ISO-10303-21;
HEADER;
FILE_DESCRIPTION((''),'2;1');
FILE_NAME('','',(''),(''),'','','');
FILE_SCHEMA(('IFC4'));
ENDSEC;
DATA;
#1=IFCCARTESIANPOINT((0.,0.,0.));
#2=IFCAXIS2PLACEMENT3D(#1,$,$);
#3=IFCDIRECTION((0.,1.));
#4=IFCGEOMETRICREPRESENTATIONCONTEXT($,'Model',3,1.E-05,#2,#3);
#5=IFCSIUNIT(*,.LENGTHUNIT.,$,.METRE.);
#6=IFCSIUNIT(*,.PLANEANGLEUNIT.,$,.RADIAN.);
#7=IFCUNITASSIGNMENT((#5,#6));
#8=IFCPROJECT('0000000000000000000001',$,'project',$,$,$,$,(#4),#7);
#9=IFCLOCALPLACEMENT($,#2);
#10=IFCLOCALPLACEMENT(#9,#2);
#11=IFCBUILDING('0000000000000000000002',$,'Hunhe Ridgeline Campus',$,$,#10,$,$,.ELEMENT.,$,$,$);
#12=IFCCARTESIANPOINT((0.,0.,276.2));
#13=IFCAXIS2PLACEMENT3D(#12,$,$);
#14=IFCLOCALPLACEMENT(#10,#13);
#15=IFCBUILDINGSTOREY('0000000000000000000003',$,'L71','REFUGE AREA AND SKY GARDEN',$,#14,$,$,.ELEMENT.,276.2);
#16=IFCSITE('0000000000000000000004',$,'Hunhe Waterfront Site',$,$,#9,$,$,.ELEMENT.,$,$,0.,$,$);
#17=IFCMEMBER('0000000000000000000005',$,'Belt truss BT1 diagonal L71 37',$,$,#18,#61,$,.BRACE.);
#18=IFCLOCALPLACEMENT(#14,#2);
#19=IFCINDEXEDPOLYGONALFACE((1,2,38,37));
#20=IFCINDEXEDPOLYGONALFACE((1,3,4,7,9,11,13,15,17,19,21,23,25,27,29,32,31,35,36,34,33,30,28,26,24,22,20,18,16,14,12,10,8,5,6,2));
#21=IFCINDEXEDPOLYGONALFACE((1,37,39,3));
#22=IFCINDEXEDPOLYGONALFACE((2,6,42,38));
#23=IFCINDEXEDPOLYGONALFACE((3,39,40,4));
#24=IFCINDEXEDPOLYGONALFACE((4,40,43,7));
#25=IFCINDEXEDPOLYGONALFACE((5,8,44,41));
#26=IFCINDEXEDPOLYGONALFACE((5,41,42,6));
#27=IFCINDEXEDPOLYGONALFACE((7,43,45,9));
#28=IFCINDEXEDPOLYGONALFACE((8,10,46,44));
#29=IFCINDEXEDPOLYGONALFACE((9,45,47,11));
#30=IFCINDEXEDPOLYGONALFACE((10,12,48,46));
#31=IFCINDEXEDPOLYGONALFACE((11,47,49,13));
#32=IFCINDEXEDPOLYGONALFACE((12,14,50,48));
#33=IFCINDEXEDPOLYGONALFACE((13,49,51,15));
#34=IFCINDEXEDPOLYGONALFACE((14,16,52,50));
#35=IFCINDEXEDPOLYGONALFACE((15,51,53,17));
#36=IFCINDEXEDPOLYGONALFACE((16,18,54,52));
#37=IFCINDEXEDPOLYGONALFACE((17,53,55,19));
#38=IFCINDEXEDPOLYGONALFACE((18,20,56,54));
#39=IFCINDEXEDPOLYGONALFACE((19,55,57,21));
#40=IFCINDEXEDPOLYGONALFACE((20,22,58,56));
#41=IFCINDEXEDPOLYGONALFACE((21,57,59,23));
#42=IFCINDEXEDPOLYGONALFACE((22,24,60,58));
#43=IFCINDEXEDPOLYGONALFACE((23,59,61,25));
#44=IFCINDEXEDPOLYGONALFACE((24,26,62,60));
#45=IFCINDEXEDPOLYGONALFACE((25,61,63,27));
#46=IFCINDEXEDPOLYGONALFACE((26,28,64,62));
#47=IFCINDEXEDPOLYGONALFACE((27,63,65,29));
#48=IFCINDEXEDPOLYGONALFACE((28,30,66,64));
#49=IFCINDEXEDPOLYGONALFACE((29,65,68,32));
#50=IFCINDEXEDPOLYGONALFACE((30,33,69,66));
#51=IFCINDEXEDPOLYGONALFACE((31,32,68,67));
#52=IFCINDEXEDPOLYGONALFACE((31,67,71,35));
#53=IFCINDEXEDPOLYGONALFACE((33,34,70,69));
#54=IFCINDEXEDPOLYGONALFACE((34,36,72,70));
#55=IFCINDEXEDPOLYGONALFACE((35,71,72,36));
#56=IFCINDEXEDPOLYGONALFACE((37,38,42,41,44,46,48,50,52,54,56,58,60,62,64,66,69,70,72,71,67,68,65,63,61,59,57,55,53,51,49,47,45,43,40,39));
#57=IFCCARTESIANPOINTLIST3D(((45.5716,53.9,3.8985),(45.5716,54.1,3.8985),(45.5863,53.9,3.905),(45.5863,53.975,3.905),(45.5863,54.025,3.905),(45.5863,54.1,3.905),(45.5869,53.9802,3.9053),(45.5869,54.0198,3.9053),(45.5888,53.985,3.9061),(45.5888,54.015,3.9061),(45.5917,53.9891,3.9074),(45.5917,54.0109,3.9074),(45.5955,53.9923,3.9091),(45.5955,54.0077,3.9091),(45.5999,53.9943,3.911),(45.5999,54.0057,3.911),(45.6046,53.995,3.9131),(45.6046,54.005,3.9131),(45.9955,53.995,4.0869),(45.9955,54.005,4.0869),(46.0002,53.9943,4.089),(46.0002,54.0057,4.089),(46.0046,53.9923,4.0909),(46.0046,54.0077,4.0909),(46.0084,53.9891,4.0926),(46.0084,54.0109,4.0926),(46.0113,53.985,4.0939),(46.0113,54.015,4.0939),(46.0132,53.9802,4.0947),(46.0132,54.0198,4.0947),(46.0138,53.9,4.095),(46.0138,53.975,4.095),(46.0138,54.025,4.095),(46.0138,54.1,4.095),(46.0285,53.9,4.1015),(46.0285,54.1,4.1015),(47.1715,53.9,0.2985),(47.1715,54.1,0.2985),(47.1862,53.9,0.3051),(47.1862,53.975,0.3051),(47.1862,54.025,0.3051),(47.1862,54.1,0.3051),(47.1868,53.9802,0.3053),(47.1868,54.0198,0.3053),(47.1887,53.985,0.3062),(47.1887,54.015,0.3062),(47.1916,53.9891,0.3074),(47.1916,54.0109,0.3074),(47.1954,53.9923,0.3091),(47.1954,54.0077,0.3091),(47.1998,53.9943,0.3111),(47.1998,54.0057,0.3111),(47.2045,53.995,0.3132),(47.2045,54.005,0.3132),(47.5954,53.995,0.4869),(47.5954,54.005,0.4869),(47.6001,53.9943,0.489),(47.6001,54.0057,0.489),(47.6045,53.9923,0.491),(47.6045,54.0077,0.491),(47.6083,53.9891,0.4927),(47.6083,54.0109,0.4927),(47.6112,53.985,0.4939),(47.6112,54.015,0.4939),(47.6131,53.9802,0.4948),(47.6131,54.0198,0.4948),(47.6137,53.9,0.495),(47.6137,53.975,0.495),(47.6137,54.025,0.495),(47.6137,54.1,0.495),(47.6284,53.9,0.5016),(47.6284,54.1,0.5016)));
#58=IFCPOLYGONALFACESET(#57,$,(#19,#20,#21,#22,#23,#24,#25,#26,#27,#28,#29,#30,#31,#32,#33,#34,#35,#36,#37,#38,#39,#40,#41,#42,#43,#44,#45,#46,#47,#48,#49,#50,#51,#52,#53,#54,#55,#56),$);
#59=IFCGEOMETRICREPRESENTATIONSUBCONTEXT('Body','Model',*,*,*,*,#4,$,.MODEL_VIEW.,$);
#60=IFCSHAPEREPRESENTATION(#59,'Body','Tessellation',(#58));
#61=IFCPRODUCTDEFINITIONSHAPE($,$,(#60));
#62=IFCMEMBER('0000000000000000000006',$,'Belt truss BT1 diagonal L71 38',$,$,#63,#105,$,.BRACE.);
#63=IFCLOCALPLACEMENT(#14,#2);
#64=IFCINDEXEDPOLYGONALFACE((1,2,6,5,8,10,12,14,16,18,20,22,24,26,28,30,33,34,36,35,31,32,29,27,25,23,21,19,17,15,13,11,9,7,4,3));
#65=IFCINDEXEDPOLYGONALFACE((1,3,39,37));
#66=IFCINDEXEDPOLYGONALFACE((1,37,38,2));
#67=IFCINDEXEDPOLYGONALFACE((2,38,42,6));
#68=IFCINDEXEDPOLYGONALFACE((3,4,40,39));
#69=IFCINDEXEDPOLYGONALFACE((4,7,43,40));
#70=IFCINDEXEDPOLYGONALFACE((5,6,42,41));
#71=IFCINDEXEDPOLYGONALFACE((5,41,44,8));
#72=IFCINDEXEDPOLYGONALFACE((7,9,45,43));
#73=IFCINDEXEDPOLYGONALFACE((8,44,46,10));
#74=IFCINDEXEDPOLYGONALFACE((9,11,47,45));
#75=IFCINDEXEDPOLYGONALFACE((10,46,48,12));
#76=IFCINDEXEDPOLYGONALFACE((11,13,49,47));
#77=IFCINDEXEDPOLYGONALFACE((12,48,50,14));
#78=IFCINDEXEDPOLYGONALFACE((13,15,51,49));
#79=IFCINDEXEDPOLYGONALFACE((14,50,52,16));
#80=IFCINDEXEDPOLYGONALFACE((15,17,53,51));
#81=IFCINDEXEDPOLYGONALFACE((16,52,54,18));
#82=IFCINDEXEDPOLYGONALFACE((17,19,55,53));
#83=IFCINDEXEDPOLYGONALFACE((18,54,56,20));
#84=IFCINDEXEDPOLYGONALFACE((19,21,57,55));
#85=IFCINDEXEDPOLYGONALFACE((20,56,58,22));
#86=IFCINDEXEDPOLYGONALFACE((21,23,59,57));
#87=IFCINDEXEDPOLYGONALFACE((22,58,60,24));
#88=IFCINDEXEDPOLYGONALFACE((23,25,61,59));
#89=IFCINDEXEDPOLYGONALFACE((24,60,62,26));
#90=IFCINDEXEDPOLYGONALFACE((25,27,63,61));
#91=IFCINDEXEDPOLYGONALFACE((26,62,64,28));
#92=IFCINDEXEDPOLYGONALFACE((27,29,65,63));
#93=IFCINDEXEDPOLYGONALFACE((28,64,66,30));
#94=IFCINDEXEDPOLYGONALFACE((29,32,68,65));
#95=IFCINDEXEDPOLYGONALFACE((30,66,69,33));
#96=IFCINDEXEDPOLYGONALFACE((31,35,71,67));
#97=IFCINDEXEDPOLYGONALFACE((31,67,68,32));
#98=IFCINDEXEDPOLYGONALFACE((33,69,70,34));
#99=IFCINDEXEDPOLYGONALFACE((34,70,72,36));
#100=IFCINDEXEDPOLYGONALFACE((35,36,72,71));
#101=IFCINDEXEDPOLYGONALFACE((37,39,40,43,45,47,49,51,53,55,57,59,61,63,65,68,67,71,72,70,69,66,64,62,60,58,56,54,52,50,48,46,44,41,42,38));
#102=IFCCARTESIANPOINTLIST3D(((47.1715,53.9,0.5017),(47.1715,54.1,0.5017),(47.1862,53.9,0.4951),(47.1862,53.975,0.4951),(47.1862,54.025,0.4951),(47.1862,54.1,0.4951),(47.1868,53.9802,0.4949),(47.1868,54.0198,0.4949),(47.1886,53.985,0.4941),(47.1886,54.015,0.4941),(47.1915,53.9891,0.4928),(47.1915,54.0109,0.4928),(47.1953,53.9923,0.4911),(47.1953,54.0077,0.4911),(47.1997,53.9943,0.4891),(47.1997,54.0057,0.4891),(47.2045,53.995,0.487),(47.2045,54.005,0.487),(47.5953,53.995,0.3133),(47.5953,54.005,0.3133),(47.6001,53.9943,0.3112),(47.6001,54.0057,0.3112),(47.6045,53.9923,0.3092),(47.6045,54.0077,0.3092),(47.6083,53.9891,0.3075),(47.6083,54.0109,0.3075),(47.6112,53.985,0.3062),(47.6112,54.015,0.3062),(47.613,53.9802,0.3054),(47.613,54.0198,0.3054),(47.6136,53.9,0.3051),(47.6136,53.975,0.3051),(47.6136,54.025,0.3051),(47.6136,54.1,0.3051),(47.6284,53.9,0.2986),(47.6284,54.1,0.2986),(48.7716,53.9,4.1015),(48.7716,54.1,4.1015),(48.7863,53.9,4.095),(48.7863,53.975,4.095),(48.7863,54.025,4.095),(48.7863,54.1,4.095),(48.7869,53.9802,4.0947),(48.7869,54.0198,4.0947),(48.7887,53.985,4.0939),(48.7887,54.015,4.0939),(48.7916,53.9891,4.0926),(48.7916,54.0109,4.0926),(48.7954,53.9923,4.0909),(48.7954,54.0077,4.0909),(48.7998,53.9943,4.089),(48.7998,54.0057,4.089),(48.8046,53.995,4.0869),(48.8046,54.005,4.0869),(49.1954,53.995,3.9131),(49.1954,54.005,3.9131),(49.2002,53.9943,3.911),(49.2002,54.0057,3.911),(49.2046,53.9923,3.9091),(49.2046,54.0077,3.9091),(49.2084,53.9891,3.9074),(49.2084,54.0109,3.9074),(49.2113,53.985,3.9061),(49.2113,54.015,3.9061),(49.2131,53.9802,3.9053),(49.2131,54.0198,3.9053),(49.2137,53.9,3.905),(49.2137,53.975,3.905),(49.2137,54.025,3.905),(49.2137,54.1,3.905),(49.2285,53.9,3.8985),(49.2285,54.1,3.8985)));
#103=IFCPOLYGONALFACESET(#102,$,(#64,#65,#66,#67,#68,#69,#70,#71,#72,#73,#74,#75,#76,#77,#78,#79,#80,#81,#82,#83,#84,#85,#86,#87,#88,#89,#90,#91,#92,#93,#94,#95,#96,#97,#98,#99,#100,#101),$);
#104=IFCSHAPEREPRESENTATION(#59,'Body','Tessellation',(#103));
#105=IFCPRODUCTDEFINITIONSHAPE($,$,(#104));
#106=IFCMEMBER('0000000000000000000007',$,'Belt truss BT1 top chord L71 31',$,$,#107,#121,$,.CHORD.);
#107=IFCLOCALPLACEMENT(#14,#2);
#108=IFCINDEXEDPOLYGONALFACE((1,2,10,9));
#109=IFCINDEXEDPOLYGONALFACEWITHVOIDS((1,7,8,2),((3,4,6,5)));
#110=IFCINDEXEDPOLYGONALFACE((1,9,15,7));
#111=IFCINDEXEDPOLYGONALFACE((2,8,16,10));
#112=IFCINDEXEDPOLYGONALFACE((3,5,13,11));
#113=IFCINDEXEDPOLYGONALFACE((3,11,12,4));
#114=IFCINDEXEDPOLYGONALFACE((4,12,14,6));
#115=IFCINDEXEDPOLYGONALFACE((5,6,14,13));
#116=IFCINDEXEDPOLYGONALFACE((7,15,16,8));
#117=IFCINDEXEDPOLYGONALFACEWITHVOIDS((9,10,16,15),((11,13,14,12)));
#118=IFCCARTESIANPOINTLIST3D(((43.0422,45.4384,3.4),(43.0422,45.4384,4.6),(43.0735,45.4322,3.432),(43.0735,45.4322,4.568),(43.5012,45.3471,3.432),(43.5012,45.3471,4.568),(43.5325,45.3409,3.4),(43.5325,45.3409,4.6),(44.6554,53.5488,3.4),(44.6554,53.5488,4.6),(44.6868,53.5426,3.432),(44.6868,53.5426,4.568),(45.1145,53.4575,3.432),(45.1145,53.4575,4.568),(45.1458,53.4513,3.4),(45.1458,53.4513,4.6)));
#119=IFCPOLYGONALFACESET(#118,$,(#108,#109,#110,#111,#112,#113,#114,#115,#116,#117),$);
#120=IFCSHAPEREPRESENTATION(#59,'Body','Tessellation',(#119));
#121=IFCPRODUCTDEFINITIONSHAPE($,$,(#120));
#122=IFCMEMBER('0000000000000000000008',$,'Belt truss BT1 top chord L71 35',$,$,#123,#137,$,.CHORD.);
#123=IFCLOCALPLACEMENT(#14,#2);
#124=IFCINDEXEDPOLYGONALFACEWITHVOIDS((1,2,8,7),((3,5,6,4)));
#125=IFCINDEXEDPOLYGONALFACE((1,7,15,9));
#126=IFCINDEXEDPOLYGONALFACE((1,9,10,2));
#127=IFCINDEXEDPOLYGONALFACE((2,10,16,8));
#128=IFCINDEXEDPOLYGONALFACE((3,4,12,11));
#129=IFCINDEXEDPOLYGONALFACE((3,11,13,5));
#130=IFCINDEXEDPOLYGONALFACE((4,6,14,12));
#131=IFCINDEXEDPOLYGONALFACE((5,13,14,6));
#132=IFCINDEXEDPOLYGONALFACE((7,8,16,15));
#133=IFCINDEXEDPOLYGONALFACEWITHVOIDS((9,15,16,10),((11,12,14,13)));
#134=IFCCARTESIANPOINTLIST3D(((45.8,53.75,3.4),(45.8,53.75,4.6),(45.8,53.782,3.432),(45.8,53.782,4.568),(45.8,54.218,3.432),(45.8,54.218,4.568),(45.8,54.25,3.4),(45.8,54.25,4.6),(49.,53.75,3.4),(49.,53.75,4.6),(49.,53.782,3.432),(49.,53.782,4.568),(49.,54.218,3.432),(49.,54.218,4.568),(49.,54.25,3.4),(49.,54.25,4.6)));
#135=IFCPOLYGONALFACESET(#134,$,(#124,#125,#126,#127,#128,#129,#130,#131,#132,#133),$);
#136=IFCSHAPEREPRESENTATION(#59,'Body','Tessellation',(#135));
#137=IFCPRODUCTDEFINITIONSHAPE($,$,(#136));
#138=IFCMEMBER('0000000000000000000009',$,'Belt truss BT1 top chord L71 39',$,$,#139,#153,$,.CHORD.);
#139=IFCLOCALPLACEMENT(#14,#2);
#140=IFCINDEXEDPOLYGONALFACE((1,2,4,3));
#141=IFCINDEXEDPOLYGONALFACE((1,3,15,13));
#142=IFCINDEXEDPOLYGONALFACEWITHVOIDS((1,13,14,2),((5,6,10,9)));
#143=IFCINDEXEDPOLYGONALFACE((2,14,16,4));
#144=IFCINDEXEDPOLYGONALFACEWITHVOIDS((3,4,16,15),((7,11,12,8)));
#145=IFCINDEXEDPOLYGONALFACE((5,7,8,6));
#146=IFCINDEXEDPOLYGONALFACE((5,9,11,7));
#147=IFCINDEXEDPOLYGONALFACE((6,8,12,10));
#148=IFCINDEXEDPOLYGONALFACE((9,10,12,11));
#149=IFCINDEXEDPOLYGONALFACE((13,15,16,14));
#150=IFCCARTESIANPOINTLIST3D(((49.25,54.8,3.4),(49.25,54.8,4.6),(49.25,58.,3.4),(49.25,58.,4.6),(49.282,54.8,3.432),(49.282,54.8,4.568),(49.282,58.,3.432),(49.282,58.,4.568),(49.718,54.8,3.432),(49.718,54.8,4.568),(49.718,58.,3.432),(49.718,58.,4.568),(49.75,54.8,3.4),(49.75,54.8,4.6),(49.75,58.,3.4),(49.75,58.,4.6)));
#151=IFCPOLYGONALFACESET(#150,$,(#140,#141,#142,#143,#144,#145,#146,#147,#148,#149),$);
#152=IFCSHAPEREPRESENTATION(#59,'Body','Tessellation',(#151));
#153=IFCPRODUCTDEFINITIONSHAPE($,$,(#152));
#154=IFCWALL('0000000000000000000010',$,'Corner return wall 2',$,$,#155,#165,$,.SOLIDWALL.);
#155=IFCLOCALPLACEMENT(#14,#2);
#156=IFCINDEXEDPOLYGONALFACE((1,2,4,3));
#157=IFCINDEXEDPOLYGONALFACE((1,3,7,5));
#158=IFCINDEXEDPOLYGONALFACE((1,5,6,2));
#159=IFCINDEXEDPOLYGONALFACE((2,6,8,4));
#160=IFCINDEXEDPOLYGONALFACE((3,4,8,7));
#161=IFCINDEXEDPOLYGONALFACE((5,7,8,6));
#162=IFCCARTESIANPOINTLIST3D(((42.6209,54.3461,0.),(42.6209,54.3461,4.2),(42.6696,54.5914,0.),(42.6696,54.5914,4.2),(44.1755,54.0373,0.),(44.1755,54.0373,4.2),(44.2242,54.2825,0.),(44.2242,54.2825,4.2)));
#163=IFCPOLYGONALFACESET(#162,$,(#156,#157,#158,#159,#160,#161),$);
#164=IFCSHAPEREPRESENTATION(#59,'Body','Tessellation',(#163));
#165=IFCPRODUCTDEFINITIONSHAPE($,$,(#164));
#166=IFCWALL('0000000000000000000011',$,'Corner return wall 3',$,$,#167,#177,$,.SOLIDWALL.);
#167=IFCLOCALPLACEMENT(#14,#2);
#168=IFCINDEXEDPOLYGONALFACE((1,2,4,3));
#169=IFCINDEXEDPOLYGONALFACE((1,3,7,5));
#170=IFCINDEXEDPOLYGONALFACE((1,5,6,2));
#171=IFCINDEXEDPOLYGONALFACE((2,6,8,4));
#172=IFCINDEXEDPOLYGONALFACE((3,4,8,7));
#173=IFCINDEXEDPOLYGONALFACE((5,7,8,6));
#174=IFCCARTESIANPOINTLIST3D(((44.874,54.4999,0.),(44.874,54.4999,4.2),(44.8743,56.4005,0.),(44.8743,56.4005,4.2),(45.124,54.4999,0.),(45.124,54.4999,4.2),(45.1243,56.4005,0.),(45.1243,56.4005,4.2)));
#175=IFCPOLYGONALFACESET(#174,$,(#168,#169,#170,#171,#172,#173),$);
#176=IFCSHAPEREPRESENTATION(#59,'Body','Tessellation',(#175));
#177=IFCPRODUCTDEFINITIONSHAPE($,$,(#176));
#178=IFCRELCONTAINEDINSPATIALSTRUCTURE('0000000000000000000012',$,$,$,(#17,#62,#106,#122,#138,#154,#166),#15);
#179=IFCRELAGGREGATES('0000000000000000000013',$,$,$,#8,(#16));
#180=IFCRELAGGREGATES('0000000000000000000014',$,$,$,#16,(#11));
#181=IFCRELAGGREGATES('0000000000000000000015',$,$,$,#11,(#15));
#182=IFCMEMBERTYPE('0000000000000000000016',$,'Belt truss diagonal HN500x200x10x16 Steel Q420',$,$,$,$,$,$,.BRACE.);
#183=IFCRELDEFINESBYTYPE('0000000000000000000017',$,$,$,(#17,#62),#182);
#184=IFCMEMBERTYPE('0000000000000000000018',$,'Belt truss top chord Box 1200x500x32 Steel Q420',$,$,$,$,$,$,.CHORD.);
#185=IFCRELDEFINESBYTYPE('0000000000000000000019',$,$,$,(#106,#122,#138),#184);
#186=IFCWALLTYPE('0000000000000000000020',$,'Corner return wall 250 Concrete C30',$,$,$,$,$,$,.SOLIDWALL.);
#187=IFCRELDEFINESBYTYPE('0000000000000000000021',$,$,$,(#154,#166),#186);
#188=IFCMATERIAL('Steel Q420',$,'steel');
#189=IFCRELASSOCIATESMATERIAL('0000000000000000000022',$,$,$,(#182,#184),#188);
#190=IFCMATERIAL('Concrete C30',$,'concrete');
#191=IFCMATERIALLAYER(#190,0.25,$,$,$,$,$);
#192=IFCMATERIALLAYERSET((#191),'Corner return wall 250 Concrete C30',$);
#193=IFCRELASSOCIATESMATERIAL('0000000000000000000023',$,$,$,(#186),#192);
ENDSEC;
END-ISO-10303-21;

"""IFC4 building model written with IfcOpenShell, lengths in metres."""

from ifc_helpers import new_model, si_unit, direction, frame, frame_2d, origin, origin_2d, place, context, subcontext, project, spatial, rectangle, hollow_rectangle, i_section, extrude, material, layer, layer_set, material_profile, profile_set, type_object, element, save


model = new_model("IFC4")

# Units and contexts
model_context = context("Model", 3, precision=1e-05, world=origin(), true_north=direction((0.0, 1.0)))
body_context = subcontext(model_context, "Body", "Model", "MODEL_VIEW")
ifc_project = project(units=[si_unit("LENGTHUNIT", "METRE"), si_unit("PLANEANGLEUNIT", "RADIAN")], contexts=[model_context])

# Site, building, storey
site_placement = place(None, origin())
site = spatial("IfcSite", under=ifc_project, at=site_placement, Name="Hunhe Waterfront Site", CompositionType="ELEMENT", RefElevation=0.0)
building_placement = place(site_placement, origin())
building = spatial("IfcBuilding", under=site, at=building_placement, Name="Hunhe Ridgeline Campus", CompositionType="ELEMENT")
storey_placement = place(building_placement, frame((0.0, 0.0, 276.2)))
storey = spatial("IfcBuildingStorey", under=building, at=storey_placement, Name="L71", Description="REFUGE AREA AND SKY GARDEN", CompositionType="ELEMENT", Elevation=276.2)

# Members
ifc_material_1 = material(Name="Steel Q420", Category="steel")
ifc_material_profile_1 = material_profile(ifc_material_1, i_section(OverallWidth=0.2, OverallDepth=0.5, WebThickness=0.01, FlangeThickness=0.0161, FilletRadius=0.02, at=origin_2d()))
ifc_profile_set_1 = profile_set([ifc_material_profile_1], Name="Steel Q420")
member_type_1 = type_object("IfcMemberType", Name="Belt truss diagonal HN500x200x10x16 Steel Q420", PredefinedType="BRACE", material=ifc_profile_set_1)
for number, where, z_axis, x_axis, name in (
    (1, (45.8, 54.0, 4.0), (0.406121, 0.0, -0.913819), (0.0, 1.0, 0.0), "Belt truss BT1 diagonal L71 37"),
    (2, (47.3999, 54.0, 0.4001), (0.406173, 0.0, 0.913796), (0.0, 1.0, 0.0), "Belt truss BT1 diagonal L71 38"),
):
    element("IfcMember", number, at=place(storey_placement, frame(where, z_axis=z_axis, x_axis=x_axis)), inside=storey, type_object=member_type_1, Name=name, PredefinedType="BRACE", context=body_context, shape_type="SweptSolid", body=[
        extrude(i_section(OverallWidth=0.2, OverallDepth=0.5, WebThickness=0.01, FlangeThickness=0.0161, FilletRadius=0.02, at=origin_2d()), origin(), (0.0, 0.0, 1.0), 3.9395),
    ])
ifc_material_profile_2 = material_profile(ifc_material_1, hollow_rectangle(XDim=0.5, YDim=1.2, WallThickness=0.032, at=origin_2d()))
ifc_profile_set_2 = profile_set([ifc_material_profile_2], Name="Steel Q420")
member_type_2 = type_object("IfcMemberType", Name="Belt truss top chord Box 1200x500x32 Steel Q420", PredefinedType="CHORD", material=ifc_profile_set_2)
member_1_placement = place(storey_placement, frame((43.2874, 45.3896, 4.0), z_axis=(0.195094, 0.980785, 0.0), x_axis=(-0.980785, 0.195094, 0.0)))
element("IfcMember", 3, at=member_1_placement, inside=storey, type_object=member_type_2, Name="Belt truss BT1 top chord L71 31", PredefinedType="CHORD", context=body_context, shape_type="SweptSolid", body=[
    extrude(hollow_rectangle(XDim=0.5, YDim=1.2, WallThickness=0.032, at=origin_2d()), origin(), (0.0, 0.0, 1.0), 8.2693),
])
for number, where, z_axis, x_axis, name in (
    (4, (45.8, 54.0, 4.0), (1.0, 0.0, 0.0), (0.0, 1.0, 0.0), "Belt truss BT1 top chord L71 35"),
    (5, (49.5, 54.8, 4.0), (0.0, 1.0, 0.0), (-1.0, 0.0, 0.0), "Belt truss BT1 top chord L71 39"),
):
    element("IfcMember", number, at=place(storey_placement, frame(where, z_axis=z_axis, x_axis=x_axis)), inside=storey, type_object=member_type_2, Name=name, PredefinedType="CHORD", context=body_context, shape_type="SweptSolid", body=[
        extrude(hollow_rectangle(XDim=0.5, YDim=1.2, WallThickness=0.032, at=origin_2d()), origin(), (0.0, 0.0, 1.0), 3.2),
    ])

# Walls
ifc_material_2 = material(Name="Concrete C30", Category="concrete")
ifc_layer_1 = layer(ifc_material_2, 0.25)
ifc_layer_set_1 = layer_set([ifc_layer_1], Name="Corner return wall 250 Concrete C30")
wall_type = type_object("IfcWallType", Name="Corner return wall 250 Concrete C30", PredefinedType="SOLIDWALL", material=ifc_layer_set_1)
wall_1_placement = place(storey_placement, frame((42.6453, 54.4688, 0.0), z_axis=(0.0, 0.0, 1.0), x_axis=(0.980835, -0.194842, 0.0)))
element("IfcWall", 6, at=wall_1_placement, inside=storey, type_object=wall_type, Name="Corner return wall 2", PredefinedType="SOLIDWALL", context=body_context, shape_type="SweptSolid", body=[
    extrude(rectangle(XDim=1.585, YDim=0.25, at=frame_2d((0.7925, 0.0))), origin(), (0.0, 0.0, 1.0), 4.2),
])
wall_2_placement = place(storey_placement, frame((44.999, 54.5, 0.0), z_axis=(0.0, 0.0, 1.0), x_axis=(0.000128, 1.0, 0.0)))
element("IfcWall", 7, at=wall_2_placement, inside=storey, type_object=wall_type, Name="Corner return wall 3", PredefinedType="SOLIDWALL", context=body_context, shape_type="SweptSolid", body=[
    extrude(rectangle(XDim=1.9006, YDim=0.25, at=frame_2d((0.9502, 0.0))), origin(), (0.0, 0.0, 1.0), 4.2),
])

save(model, "model.ifc")
